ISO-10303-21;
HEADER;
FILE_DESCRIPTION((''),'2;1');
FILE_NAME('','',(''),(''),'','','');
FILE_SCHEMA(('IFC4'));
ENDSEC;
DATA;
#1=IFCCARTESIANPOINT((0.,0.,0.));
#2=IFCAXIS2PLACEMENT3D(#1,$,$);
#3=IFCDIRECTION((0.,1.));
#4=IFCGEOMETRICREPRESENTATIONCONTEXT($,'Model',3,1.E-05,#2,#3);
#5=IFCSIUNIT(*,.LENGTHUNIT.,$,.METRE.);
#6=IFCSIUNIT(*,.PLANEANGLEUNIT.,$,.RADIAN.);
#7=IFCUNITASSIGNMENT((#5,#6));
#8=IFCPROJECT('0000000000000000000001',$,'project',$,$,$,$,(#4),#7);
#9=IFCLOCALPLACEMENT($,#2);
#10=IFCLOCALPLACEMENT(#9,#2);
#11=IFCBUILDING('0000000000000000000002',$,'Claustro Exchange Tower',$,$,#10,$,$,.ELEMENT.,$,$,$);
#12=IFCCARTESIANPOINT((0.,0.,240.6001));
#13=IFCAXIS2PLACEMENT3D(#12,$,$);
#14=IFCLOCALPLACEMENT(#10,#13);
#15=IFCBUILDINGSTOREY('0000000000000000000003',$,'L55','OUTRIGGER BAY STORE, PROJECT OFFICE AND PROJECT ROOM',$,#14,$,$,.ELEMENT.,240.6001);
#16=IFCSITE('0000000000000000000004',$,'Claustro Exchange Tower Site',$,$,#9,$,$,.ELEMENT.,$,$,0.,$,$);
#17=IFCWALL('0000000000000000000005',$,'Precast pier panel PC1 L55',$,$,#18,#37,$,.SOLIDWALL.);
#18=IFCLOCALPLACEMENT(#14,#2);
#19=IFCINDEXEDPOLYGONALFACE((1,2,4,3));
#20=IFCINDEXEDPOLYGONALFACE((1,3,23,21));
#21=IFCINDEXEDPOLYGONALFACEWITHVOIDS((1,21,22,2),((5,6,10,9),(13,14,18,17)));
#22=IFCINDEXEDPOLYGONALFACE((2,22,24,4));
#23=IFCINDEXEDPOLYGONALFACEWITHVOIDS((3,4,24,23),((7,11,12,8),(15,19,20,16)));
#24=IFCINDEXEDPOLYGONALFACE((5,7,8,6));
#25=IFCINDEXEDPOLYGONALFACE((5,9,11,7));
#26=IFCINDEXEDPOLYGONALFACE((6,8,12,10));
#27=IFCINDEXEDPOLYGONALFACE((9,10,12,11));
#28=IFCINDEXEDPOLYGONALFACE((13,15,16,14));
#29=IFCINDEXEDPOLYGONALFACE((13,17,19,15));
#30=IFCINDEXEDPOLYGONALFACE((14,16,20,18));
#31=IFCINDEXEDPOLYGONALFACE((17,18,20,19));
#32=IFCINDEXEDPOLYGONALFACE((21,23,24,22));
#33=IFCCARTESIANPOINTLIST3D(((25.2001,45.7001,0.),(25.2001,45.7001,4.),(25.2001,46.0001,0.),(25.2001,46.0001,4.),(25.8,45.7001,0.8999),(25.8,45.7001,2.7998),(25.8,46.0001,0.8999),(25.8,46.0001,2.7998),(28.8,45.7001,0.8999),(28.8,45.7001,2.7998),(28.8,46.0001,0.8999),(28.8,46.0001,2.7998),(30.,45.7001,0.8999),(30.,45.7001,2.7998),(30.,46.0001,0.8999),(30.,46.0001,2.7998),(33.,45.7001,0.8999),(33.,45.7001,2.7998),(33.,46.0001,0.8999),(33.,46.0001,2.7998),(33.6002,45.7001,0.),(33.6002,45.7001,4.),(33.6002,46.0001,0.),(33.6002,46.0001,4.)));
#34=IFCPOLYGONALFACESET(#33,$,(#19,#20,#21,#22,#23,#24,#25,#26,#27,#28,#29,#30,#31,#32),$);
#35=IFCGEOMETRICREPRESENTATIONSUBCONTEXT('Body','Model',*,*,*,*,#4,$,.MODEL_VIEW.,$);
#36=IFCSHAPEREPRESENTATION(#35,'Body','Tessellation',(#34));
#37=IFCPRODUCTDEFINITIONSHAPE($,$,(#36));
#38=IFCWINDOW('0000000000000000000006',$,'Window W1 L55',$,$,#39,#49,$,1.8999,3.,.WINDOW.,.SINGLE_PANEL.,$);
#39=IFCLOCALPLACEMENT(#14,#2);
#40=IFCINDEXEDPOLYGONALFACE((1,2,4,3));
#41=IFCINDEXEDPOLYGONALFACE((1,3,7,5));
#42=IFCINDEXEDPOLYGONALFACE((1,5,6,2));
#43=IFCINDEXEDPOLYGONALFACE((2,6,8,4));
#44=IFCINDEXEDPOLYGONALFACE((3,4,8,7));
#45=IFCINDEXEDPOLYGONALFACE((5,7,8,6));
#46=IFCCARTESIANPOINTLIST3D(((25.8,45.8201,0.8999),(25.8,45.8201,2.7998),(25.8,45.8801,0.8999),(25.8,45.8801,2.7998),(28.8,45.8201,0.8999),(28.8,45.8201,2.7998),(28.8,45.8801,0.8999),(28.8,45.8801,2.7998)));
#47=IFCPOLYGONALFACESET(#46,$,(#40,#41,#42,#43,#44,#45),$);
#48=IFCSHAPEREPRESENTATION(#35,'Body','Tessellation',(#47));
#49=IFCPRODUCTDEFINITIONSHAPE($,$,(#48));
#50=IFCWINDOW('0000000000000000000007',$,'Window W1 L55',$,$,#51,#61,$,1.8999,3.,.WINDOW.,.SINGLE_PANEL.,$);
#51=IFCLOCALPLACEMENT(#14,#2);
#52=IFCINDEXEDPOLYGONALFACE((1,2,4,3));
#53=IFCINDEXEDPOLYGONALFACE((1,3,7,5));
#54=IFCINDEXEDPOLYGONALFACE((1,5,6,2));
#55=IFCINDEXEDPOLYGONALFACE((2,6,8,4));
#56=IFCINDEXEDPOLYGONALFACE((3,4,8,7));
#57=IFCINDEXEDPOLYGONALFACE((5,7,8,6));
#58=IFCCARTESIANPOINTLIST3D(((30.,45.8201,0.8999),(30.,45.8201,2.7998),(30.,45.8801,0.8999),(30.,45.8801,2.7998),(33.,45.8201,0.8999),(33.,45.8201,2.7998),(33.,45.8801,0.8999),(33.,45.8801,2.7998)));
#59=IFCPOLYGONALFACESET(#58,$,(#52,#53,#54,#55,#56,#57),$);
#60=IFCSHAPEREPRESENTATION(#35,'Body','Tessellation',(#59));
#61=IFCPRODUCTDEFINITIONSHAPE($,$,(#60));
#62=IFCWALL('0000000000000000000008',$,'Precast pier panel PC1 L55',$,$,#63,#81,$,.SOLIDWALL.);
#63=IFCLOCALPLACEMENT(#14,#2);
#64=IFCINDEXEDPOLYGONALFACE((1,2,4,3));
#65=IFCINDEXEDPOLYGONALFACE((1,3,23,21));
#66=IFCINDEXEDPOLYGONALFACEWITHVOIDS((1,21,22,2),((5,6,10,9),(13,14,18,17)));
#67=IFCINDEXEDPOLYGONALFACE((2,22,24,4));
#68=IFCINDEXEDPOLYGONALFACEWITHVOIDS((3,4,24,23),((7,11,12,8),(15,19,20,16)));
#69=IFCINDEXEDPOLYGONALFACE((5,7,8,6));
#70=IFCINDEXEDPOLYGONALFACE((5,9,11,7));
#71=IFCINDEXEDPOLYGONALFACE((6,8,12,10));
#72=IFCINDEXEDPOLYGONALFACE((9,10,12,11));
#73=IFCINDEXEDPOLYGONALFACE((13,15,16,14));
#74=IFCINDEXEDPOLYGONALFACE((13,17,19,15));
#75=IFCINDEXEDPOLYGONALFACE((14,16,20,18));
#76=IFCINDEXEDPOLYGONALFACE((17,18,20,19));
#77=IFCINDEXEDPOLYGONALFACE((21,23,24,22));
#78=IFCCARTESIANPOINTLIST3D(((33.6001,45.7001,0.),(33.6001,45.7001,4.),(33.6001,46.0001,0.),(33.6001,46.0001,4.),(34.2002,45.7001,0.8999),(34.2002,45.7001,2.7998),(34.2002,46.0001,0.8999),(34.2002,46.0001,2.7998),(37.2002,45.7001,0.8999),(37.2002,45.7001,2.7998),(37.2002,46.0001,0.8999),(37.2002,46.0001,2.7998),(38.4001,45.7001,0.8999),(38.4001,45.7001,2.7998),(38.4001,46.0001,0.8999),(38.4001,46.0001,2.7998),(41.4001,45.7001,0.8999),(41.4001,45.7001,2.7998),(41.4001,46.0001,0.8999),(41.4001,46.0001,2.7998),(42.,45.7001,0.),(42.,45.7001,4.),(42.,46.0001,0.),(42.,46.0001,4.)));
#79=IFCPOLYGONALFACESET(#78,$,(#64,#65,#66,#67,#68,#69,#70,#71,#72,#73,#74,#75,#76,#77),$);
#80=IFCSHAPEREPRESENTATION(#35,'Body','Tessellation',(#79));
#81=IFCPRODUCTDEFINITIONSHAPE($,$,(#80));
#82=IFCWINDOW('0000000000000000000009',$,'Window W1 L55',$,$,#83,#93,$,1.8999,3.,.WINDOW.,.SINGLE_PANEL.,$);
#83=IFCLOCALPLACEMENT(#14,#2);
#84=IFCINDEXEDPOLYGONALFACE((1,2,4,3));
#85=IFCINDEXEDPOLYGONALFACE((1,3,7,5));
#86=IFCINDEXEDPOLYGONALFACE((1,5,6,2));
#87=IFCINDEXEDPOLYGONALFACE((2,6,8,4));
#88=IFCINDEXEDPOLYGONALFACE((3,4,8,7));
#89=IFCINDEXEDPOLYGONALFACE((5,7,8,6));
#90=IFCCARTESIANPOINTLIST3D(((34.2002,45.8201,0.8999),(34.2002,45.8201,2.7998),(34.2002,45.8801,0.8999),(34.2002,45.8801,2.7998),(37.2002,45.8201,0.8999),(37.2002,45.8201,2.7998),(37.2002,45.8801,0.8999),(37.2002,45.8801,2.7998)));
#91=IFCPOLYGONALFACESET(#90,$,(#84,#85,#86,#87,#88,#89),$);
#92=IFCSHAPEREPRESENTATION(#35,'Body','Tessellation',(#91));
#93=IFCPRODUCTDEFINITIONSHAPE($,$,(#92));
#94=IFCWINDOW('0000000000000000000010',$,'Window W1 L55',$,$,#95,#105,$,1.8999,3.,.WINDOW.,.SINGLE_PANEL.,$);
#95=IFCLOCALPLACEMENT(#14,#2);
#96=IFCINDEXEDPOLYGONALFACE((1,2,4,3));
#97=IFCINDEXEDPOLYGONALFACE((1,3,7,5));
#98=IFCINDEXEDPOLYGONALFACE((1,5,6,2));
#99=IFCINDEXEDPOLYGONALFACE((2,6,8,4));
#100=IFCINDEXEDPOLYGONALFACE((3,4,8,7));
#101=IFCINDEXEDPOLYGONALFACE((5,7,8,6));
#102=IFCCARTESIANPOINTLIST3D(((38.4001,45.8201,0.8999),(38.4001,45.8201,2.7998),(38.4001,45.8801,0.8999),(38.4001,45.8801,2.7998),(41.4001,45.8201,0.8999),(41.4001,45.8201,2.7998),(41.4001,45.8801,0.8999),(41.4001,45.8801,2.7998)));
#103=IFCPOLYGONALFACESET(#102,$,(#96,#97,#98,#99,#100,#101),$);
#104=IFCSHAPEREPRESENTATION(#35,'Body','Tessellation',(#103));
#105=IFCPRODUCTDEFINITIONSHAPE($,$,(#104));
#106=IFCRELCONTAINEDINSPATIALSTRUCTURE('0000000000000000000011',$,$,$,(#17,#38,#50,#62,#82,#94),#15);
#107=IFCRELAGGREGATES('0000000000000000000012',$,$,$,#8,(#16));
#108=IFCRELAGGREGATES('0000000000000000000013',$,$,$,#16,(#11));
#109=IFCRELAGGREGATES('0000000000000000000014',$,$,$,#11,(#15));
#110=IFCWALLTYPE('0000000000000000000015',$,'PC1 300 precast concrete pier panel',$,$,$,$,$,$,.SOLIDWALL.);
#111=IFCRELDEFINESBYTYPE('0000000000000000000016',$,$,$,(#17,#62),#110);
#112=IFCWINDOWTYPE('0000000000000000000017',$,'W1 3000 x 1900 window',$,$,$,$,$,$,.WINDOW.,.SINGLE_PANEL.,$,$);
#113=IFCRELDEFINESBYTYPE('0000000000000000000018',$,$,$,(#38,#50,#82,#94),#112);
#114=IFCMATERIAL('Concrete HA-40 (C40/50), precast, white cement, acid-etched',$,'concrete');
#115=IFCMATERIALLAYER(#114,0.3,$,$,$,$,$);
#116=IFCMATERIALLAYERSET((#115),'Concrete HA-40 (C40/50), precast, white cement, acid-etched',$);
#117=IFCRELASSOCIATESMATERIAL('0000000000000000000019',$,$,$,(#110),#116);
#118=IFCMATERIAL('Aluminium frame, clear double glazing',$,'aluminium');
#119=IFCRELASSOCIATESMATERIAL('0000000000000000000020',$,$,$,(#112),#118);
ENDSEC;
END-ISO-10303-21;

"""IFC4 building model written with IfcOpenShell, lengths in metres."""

from ifc_helpers import new_model, si_unit, direction, frame, frame_2d, origin, place, context, subcontext, project, spatial, rectangle, extrude, material, layer, layer_set, type_object, element, fill, save


model = new_model("IFC4")

# Units and contexts
model_context = context("Model", 3, precision=1e-05, world=origin(), true_north=direction((0.0, 1.0)))
body_context = subcontext(model_context, "Body", "Model", "MODEL_VIEW")
ifc_project = project(units=[si_unit("LENGTHUNIT", "METRE"), si_unit("PLANEANGLEUNIT", "RADIAN")], contexts=[model_context])

# Site, building, storey
site_placement = place(None, origin())
site = spatial("IfcSite", under=ifc_project, at=site_placement, Name="Claustro Exchange Tower Site", CompositionType="ELEMENT", RefElevation=0.0)
building_placement = place(site_placement, origin())
building = spatial("IfcBuilding", under=site, at=building_placement, Name="Claustro Exchange Tower", CompositionType="ELEMENT")
storey_placement = place(building_placement, frame((0.0, 0.0, 240.6001)))
storey = spatial("IfcBuildingStorey", under=building, at=storey_placement, Name="L55", Description="OUTRIGGER BAY STORE, PROJECT OFFICE AND PROJECT ROOM", CompositionType="ELEMENT", Elevation=240.6001)

# Walls, openings, windows
ifc_material_1 = material(Name="Concrete HA-40 (C40/50), precast, white cement, acid-etched", Category="concrete")
ifc_layer_1 = layer(ifc_material_1, 0.3)
ifc_layer_set_1 = layer_set([ifc_layer_1], Name="Concrete HA-40 (C40/50), precast, white cement, acid-etched")
wall_type_1 = type_object("IfcWallType", Name="PC1 300 precast concrete pier panel", PredefinedType="SOLIDWALL", material=ifc_layer_set_1)
wall_1_placement = place(storey_placement, frame((25.2, 45.8501, 0.0), z_axis=(0.0, 0.0, 1.0), x_axis=(1.0, 0.0, 0.0)))
wall_1 = element("IfcWall", 1, at=wall_1_placement, inside=storey, type_object=wall_type_1, Name="Precast pier panel PC1 L55", PredefinedType="SOLIDWALL", context=body_context, shape_type="SweptSolid", body=[
    extrude(rectangle(XDim=8.4001, YDim=0.3, at=frame_2d((4.2002, 0.0))), origin(), (0.0, 0.0, 1.0), 4.0),
])
opening_1_placement = place(wall_1_placement, frame((0.6001, 0.0, 0.8999)))
opening_1 = element("IfcOpeningElement", 2, at=opening_1_placement, cuts=wall_1, PredefinedType="OPENING", context=body_context, shape_type="SweptSolid", body=[
    extrude(rectangle(XDim=3.0, YDim=1.8999, at=frame_2d((1.5, 0.95))), frame((0.0, 0.1599, 0.0), z_axis=(0.0, -1.0, 0.0), x_axis=(1.0, 0.0, 0.0)), (0.0, 0.0, 1.0), 0.3201),
])
opening_2_placement = place(wall_1_placement, frame((4.8, 0.0, 0.8999)))
opening_2 = element("IfcOpeningElement", 3, at=opening_2_placement, cuts=wall_1, PredefinedType="OPENING", context=body_context, shape_type="SweptSolid", body=[
    extrude(rectangle(XDim=3.0, YDim=1.8999, at=frame_2d((1.5, 0.95))), frame((0.0, 0.1599, 0.0), z_axis=(0.0, -1.0, 0.0), x_axis=(1.0, 0.0, 0.0)), (0.0, 0.0, 1.0), 0.3201),
])
ifc_material_2 = material(Name="Aluminium frame, clear double glazing", Category="aluminium")
window_type = type_object("IfcWindowType", Name="W1 3000 x 1900 window", PartitioningType="SINGLE_PANEL", PredefinedType="WINDOW", material=ifc_material_2)
window_1_placement = place(opening_1_placement, origin())
window_1 = element("IfcWindow", 4, at=window_1_placement, inside=storey, type_object=window_type, Name="Window W1 L55", OverallHeight=1.8999, OverallWidth=3.0, PartitioningType="SINGLE_PANEL", PredefinedType="WINDOW", context=body_context, shape_type="SweptSolid", body=[
    extrude(rectangle(XDim=3.0, YDim=1.8999, at=frame_2d((1.5, 0.95))), frame((0.0, 0.03, 0.0), z_axis=(0.0, -1.0, 0.0), x_axis=(1.0, 0.0, 0.0)), (0.0, 0.0, 1.0), 0.0601),
])
fill(opening_1, window_1)
window_2_placement = place(opening_2_placement, origin())
window_2 = element("IfcWindow", 5, at=window_2_placement, inside=storey, type_object=window_type, Name="Window W1 L55", OverallHeight=1.8999, OverallWidth=3.0, PartitioningType="SINGLE_PANEL", PredefinedType="WINDOW", context=body_context, shape_type="SweptSolid", body=[
    extrude(rectangle(XDim=3.0, YDim=1.8999, at=frame_2d((1.5, 0.95))), frame((0.0, 0.03, 0.0), z_axis=(0.0, -1.0, 0.0), x_axis=(1.0, 0.0, 0.0)), (0.0, 0.0, 1.0), 0.0601),
])
fill(opening_2, window_2)
wall_2_placement = place(storey_placement, frame((33.6001, 45.8501, 0.0), z_axis=(0.0, 0.0, 1.0), x_axis=(1.0, 0.0, 0.0)))
wall_2 = element("IfcWall", 6, at=wall_2_placement, inside=storey, type_object=wall_type_1, Name="Precast pier panel PC1 L55", PredefinedType="SOLIDWALL", context=body_context, shape_type="SweptSolid", body=[
    extrude(rectangle(XDim=8.3999, YDim=0.3, at=frame_2d((4.2, 0.0))), origin(), (0.0, 0.0, 1.0), 4.0),
])
opening_3_placement = place(wall_2_placement, frame((0.6001, 0.0, 0.8999)))
opening_3 = element("IfcOpeningElement", 7, at=opening_3_placement, cuts=wall_2, PredefinedType="OPENING", context=body_context, shape_type="SweptSolid", body=[
    extrude(rectangle(XDim=3.0, YDim=1.8999, at=frame_2d((1.5, 0.95))), frame((0.0, 0.1599, 0.0), z_axis=(0.0, -1.0, 0.0), x_axis=(1.0, 0.0, 0.0)), (0.0, 0.0, 1.0), 0.3201),
])
opening_4_placement = place(wall_2_placement, frame((4.8, 0.0, 0.8999)))
opening_4 = element("IfcOpeningElement", 8, at=opening_4_placement, cuts=wall_2, PredefinedType="OPENING", context=body_context, shape_type="SweptSolid", body=[
    extrude(rectangle(XDim=3.0, YDim=1.8999, at=frame_2d((1.5, 0.95))), frame((0.0, 0.1599, 0.0), z_axis=(0.0, -1.0, 0.0), x_axis=(1.0, 0.0, 0.0)), (0.0, 0.0, 1.0), 0.3201),
])
window_3_placement = place(opening_3_placement, origin())
window_3 = element("IfcWindow", 9, at=window_3_placement, inside=storey, type_object=window_type, Name="Window W1 L55", OverallHeight=1.8999, OverallWidth=3.0, PartitioningType="SINGLE_PANEL", PredefinedType="WINDOW", context=body_context, shape_type="SweptSolid", body=[
    extrude(rectangle(XDim=3.0, YDim=1.8999, at=frame_2d((1.5, 0.95))), frame((0.0, 0.03, 0.0), z_axis=(0.0, -1.0, 0.0), x_axis=(1.0, 0.0, 0.0)), (0.0, 0.0, 1.0), 0.0601),
])
fill(opening_3, window_3)
window_4_placement = place(opening_4_placement, origin())
window_4 = element("IfcWindow", 10, at=window_4_placement, inside=storey, type_object=window_type, Name="Window W1 L55", OverallHeight=1.8999, OverallWidth=3.0, PartitioningType="SINGLE_PANEL", PredefinedType="WINDOW", context=body_context, shape_type="SweptSolid", body=[
    extrude(rectangle(XDim=3.0, YDim=1.8999, at=frame_2d((1.5, 0.95))), frame((0.0, 0.03, 0.0), z_axis=(0.0, -1.0, 0.0), x_axis=(1.0, 0.0, 0.0)), (0.0, 0.0, 1.0), 0.0601),
])
fill(opening_4, window_4)

save(model, "model.ifc")
